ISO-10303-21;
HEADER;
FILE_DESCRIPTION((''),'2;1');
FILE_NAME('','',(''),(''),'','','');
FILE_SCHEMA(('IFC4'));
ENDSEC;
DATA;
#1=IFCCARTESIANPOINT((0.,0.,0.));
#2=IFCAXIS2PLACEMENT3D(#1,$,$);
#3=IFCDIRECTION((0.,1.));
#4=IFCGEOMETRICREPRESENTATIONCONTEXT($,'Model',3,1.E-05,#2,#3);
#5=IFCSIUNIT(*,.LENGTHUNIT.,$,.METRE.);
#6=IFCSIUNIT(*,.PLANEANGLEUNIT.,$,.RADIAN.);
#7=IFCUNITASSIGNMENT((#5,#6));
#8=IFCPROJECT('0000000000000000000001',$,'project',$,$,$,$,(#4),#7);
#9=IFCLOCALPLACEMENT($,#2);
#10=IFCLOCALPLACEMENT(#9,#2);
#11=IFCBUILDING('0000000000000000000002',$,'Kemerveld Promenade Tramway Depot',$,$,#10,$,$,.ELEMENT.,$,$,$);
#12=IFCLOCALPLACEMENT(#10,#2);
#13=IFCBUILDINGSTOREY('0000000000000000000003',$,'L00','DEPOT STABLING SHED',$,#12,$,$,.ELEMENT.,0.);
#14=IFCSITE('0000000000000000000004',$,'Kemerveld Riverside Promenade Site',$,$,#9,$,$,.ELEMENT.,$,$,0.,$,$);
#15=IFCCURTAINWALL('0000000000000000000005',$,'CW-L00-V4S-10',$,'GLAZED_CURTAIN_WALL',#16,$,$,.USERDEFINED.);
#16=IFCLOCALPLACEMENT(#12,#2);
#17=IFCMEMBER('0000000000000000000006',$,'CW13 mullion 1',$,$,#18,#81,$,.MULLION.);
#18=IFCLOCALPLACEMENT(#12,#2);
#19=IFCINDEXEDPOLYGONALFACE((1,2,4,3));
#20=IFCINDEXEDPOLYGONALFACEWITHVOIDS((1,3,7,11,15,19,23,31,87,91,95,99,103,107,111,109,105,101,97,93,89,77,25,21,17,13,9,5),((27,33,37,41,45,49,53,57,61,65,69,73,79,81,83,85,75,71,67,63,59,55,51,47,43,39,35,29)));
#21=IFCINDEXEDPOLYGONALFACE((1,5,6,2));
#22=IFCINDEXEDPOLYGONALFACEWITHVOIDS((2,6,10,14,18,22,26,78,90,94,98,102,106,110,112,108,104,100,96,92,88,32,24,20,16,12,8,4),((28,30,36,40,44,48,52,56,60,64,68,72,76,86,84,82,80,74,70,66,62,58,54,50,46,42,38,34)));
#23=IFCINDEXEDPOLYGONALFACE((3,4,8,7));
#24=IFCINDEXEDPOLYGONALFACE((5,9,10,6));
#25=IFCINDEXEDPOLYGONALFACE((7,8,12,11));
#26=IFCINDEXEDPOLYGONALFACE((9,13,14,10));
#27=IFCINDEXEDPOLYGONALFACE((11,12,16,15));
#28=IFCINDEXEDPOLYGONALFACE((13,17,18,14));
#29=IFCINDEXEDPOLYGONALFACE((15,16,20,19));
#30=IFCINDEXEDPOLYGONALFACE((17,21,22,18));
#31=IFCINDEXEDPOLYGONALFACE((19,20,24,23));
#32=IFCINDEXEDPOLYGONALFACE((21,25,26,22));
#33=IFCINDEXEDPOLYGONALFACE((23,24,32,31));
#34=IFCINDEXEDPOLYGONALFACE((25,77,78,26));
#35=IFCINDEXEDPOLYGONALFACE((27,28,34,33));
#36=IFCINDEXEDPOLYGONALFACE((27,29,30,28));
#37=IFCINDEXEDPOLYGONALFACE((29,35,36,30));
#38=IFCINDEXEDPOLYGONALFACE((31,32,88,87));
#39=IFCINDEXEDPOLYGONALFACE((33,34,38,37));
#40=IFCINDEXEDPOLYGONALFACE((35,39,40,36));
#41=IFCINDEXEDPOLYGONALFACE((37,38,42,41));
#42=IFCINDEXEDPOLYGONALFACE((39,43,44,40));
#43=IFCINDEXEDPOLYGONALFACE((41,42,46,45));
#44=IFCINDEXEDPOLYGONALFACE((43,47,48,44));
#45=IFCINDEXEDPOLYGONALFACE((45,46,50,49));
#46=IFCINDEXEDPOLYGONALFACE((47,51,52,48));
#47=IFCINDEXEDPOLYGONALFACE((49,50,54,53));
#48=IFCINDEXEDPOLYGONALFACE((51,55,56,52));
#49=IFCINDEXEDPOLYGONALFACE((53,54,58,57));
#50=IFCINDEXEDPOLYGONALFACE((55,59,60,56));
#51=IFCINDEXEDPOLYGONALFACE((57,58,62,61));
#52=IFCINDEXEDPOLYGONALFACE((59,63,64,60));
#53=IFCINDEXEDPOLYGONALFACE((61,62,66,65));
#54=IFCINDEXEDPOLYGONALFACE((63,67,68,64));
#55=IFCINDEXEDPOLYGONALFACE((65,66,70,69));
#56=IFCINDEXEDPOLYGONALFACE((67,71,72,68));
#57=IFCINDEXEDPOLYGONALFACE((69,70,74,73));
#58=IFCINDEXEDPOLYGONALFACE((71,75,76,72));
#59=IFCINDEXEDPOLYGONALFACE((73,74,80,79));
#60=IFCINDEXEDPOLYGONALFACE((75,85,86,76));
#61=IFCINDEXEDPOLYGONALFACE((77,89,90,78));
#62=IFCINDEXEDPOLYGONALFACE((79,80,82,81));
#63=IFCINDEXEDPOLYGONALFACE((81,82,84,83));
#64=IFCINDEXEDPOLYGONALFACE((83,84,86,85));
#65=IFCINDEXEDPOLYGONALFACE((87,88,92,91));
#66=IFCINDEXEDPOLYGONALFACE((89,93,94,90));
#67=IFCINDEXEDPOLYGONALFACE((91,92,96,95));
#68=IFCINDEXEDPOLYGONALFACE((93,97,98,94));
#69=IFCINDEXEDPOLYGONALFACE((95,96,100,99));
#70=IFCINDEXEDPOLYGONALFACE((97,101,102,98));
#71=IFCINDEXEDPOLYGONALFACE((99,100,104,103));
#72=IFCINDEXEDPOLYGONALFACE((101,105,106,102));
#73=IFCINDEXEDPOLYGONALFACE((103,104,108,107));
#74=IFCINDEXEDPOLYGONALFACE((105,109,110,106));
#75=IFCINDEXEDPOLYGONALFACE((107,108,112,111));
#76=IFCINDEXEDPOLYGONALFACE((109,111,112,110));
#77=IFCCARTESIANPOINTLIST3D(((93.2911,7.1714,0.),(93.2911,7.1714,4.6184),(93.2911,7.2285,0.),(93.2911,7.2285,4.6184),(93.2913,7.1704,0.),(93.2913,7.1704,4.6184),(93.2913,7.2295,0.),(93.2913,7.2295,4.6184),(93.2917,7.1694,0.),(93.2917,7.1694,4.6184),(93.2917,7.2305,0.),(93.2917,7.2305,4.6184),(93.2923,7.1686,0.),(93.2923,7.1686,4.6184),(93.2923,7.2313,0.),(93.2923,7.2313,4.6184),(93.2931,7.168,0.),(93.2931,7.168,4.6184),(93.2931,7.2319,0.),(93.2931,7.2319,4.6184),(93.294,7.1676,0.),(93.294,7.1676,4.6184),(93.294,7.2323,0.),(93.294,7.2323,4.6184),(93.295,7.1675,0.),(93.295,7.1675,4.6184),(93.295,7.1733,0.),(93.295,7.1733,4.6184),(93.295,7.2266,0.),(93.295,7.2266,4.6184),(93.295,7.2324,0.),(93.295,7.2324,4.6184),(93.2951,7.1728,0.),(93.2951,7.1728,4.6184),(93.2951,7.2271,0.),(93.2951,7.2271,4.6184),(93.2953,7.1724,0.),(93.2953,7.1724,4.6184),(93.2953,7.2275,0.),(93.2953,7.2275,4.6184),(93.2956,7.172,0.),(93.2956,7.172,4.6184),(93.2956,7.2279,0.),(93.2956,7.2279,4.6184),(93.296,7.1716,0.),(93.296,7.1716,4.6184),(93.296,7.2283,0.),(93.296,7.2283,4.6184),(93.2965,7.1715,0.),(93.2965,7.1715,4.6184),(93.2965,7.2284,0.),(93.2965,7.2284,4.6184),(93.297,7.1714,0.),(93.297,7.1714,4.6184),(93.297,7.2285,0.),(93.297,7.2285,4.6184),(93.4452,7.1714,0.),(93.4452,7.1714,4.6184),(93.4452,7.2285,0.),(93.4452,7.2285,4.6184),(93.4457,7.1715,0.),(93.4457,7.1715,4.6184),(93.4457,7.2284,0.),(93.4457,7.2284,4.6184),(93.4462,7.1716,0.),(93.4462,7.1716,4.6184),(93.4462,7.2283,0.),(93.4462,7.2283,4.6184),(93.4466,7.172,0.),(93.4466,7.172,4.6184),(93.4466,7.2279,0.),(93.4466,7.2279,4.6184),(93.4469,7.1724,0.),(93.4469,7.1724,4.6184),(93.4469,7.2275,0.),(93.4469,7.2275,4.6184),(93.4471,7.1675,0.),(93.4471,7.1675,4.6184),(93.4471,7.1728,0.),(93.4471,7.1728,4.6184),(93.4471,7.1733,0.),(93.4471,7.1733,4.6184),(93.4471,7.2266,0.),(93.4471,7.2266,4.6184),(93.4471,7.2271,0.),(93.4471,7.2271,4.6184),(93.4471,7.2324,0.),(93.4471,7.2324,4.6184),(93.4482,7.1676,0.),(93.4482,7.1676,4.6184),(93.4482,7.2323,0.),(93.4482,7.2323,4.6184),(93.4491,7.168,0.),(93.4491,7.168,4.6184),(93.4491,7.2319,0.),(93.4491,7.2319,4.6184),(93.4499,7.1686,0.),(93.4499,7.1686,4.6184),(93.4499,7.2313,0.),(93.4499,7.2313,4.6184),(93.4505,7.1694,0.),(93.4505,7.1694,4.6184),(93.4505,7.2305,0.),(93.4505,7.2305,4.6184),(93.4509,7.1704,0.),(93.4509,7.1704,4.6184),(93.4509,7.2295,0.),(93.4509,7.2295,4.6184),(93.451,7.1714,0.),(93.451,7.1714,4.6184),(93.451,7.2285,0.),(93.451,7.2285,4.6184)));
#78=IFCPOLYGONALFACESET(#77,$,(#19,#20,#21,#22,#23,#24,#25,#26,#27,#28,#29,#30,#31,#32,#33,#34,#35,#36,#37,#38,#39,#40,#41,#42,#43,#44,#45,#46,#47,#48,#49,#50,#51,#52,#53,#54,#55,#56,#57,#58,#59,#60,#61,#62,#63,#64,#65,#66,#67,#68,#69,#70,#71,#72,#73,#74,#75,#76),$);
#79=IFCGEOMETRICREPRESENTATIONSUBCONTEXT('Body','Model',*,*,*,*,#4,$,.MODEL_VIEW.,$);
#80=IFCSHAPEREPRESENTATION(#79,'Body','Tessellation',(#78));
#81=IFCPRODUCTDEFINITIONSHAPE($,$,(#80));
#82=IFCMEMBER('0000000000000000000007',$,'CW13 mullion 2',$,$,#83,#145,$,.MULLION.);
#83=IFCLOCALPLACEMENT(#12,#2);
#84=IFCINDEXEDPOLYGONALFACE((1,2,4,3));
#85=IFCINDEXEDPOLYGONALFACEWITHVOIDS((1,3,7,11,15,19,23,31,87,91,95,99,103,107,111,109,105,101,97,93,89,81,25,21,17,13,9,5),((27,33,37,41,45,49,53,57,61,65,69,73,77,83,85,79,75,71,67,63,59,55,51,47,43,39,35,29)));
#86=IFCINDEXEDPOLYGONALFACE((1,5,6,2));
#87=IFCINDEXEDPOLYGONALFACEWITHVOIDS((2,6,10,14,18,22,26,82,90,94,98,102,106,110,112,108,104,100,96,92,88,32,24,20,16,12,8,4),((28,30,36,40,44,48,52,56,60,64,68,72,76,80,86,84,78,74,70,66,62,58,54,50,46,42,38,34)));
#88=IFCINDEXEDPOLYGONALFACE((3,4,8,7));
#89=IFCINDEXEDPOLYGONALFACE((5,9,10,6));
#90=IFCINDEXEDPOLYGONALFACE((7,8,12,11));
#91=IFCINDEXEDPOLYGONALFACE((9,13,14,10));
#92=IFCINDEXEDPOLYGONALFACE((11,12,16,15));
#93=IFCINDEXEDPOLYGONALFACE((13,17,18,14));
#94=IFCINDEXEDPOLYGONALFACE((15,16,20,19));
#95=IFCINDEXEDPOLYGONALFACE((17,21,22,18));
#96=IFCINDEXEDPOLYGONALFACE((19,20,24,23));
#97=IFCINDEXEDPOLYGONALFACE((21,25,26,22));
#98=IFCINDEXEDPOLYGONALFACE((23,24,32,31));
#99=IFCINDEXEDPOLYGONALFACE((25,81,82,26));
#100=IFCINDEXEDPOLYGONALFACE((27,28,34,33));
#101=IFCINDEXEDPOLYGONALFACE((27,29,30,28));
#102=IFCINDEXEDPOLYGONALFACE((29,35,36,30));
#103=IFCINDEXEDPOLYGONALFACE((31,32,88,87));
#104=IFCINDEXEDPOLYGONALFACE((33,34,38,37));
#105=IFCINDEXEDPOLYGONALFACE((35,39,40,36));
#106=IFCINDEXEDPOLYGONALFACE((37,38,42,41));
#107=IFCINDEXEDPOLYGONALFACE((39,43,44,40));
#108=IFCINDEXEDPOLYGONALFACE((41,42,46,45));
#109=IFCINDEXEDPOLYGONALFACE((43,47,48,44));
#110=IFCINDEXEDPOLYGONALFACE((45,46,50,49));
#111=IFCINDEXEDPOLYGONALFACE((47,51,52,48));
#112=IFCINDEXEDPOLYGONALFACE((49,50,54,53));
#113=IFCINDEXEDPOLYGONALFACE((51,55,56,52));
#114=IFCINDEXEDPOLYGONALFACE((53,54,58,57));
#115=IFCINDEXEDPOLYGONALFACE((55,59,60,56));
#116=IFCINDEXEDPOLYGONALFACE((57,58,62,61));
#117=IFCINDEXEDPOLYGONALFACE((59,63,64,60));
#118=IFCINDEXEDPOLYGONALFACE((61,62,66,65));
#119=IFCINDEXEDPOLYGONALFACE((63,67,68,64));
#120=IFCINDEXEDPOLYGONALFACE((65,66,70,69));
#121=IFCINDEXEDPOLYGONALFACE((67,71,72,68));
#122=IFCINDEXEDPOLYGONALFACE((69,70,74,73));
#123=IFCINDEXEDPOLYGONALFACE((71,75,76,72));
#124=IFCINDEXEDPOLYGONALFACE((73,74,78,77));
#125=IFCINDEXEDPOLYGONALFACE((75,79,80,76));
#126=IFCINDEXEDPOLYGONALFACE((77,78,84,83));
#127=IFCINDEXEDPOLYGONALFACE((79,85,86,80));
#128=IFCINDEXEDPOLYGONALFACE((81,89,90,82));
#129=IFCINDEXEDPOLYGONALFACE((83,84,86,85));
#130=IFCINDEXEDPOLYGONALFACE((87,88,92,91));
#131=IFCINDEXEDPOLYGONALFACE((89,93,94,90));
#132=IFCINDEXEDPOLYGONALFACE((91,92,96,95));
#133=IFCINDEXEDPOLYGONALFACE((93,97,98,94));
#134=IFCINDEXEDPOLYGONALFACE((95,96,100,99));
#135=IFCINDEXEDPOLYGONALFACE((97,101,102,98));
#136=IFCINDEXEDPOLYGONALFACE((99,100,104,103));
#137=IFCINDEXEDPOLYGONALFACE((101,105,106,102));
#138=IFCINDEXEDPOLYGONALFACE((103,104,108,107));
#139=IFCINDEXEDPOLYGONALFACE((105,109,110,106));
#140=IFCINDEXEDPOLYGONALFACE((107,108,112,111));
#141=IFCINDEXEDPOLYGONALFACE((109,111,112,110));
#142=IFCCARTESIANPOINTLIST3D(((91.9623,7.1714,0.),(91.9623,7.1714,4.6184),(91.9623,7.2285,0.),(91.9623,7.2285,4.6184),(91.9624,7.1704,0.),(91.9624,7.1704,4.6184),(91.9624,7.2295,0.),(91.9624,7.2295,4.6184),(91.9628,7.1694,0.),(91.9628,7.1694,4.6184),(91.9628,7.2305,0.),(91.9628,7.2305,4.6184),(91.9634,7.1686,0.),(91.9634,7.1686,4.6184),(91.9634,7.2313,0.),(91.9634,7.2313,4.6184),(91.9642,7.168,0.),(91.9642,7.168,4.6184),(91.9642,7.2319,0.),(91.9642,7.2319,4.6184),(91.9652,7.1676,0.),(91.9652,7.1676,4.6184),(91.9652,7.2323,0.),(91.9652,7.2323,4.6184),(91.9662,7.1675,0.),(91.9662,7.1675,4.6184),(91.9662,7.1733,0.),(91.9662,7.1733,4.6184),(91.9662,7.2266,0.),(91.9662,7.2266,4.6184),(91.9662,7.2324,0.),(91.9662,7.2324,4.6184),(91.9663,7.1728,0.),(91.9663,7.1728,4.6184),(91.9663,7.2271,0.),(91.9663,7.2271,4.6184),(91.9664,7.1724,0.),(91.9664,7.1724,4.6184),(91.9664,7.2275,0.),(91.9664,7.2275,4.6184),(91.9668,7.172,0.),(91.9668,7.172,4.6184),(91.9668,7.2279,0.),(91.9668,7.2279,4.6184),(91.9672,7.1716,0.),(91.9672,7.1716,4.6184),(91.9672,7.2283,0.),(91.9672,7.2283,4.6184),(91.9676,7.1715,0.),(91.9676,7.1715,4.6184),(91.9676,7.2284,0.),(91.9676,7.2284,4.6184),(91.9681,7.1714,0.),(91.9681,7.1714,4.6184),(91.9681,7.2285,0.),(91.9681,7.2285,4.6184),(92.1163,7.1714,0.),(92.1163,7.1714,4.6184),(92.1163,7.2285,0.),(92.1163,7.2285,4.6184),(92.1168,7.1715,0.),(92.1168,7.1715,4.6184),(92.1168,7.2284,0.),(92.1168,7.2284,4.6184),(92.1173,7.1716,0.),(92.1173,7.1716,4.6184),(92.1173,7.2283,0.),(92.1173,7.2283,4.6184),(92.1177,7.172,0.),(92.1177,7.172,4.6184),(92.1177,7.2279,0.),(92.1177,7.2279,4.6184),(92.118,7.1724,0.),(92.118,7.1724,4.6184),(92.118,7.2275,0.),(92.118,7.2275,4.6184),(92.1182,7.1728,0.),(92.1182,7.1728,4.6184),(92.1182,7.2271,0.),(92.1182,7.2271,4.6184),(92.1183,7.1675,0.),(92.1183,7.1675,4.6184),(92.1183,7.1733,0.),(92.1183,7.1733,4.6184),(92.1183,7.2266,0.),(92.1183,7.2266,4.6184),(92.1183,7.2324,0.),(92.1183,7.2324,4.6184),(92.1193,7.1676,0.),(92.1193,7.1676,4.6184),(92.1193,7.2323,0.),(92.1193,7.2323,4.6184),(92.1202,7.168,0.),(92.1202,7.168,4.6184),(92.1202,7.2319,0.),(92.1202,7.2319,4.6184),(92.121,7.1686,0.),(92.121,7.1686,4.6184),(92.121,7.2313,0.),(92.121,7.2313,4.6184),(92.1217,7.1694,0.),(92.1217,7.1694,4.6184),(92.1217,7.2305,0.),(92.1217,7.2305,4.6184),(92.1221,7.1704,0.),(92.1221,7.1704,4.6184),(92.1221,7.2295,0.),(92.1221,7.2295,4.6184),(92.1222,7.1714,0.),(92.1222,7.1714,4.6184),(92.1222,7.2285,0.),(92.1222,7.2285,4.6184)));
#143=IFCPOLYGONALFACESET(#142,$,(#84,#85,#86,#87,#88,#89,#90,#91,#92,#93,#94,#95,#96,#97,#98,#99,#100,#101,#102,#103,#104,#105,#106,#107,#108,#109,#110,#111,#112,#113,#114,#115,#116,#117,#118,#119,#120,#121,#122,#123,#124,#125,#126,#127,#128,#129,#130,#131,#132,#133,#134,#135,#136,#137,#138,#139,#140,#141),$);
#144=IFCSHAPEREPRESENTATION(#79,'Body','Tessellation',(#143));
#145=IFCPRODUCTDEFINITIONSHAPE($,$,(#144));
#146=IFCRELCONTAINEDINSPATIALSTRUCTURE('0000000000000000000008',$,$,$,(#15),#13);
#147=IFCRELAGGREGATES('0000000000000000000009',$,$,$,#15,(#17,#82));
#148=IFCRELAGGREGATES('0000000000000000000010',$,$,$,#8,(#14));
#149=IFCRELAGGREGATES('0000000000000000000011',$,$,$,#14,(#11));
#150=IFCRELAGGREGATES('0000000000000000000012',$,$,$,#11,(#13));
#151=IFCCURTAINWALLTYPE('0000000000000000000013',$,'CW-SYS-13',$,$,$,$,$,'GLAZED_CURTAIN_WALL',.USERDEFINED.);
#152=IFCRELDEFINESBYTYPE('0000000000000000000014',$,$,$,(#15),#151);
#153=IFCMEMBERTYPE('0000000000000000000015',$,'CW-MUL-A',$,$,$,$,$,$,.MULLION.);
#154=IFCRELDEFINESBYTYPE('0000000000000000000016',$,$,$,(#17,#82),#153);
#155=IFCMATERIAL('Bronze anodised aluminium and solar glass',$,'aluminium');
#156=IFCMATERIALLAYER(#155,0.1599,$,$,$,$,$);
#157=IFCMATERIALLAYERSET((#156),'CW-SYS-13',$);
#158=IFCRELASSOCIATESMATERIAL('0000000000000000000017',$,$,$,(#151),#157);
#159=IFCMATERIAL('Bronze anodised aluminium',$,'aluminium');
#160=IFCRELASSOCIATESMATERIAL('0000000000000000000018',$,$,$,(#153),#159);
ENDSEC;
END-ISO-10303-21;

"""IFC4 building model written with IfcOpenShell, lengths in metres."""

from ifc_helpers import new_model, si_unit, direction, frame, origin, origin_2d, place, context, subcontext, project, spatial, hollow_rectangle, extrude, material, layer, layer_set, material_profile, profile_set, type_object, element, aggregate, save


model = new_model("IFC4")

# Units and contexts
model_context = context("Model", 3, precision=1e-05, world=origin(), true_north=direction((0.0, 1.0)))
body_context = subcontext(model_context, "Body", "Model", "MODEL_VIEW")
ifc_project = project(units=[si_unit("LENGTHUNIT", "METRE"), si_unit("PLANEANGLEUNIT", "RADIAN")], contexts=[model_context])

# Site, building, storey
site_placement = place(None, origin())
site = spatial("IfcSite", under=ifc_project, at=site_placement, Name="Kemerveld Riverside Promenade Site", CompositionType="ELEMENT", RefElevation=0.0)
building_placement = place(site_placement, origin())
building = spatial("IfcBuilding", under=site, at=building_placement, Name="Kemerveld Promenade Tramway Depot", CompositionType="ELEMENT")
storey_placement = place(building_placement, origin())
storey = spatial("IfcBuildingStorey", under=building, at=storey_placement, Name="L00", Description="DEPOT STABLING SHED", CompositionType="ELEMENT", Elevation=0.0)

# Curtain wall, members
ifc_material_1 = material(Name="Bronze anodised aluminium and solar glass", Category="aluminium")
ifc_layer_1 = layer(ifc_material_1, 0.1599)
ifc_layer_set_1 = layer_set([ifc_layer_1], Name="CW-SYS-13")
curtain_wall_type = type_object("IfcCurtainWallType", Name="CW-SYS-13", ElementType="GLAZED_CURTAIN_WALL", PredefinedType="USERDEFINED", material=ifc_layer_set_1)
curtain_wall_placement = place(storey_placement, origin())
curtain_wall = element("IfcCurtainWall", 1, at=curtain_wall_placement, inside=storey, type_object=curtain_wall_type, Name="CW-L00-V4S-10", ObjectType="GLAZED_CURTAIN_WALL", PredefinedType="USERDEFINED")
ifc_material_2 = material(Name="Bronze anodised aluminium", Category="aluminium")
ifc_material_profile_1 = material_profile(ifc_material_2, hollow_rectangle(XDim=0.0649, YDim=0.1599, WallThickness=0.0039, InnerFilletRadius=0.002, OuterFilletRadius=0.0039, at=origin_2d()), Name="CW-MUL-160x65")
ifc_profile_set_1 = profile_set([ifc_material_profile_1], Name="Bronze anodised aluminium")
member_type_1 = type_object("IfcMemberType", Name="CW-MUL-A", PredefinedType="MULLION", material=ifc_profile_set_1)
member_1_placement = place(storey_placement, frame((93.3711, 7.2, 0.0), z_axis=(0.0, 0.0, 1.0), x_axis=(0.0, -1.0, 0.0)))
member_1 = element("IfcMember", 2, at=member_1_placement, type_object=member_type_1, Name="CW13 mullion 1", PredefinedType="MULLION", context=body_context, shape_type="SweptSolid", body=[
    extrude(hollow_rectangle(XDim=0.0649, YDim=0.1599, WallThickness=0.0039, InnerFilletRadius=0.002, OuterFilletRadius=0.0039, at=origin_2d()), origin(), (0.0, 0.0, 1.0), 4.6184),
])
member_2_placement = place(storey_placement, frame((92.0422, 7.2, 0.0), z_axis=(0.0, 0.0, 1.0), x_axis=(0.0, -1.0, 0.0)))
member_2 = element("IfcMember", 3, at=member_2_placement, type_object=member_type_1, Name="CW13 mullion 2", PredefinedType="MULLION", context=body_context, shape_type="SweptSolid", body=[
    extrude(hollow_rectangle(XDim=0.0649, YDim=0.1599, WallThickness=0.0039, InnerFilletRadius=0.002, OuterFilletRadius=0.0039, at=origin_2d()), origin(), (0.0, 0.0, 1.0), 4.6184),
])
aggregate(curtain_wall, [member_1, member_2])

save(model, "model.ifc")
